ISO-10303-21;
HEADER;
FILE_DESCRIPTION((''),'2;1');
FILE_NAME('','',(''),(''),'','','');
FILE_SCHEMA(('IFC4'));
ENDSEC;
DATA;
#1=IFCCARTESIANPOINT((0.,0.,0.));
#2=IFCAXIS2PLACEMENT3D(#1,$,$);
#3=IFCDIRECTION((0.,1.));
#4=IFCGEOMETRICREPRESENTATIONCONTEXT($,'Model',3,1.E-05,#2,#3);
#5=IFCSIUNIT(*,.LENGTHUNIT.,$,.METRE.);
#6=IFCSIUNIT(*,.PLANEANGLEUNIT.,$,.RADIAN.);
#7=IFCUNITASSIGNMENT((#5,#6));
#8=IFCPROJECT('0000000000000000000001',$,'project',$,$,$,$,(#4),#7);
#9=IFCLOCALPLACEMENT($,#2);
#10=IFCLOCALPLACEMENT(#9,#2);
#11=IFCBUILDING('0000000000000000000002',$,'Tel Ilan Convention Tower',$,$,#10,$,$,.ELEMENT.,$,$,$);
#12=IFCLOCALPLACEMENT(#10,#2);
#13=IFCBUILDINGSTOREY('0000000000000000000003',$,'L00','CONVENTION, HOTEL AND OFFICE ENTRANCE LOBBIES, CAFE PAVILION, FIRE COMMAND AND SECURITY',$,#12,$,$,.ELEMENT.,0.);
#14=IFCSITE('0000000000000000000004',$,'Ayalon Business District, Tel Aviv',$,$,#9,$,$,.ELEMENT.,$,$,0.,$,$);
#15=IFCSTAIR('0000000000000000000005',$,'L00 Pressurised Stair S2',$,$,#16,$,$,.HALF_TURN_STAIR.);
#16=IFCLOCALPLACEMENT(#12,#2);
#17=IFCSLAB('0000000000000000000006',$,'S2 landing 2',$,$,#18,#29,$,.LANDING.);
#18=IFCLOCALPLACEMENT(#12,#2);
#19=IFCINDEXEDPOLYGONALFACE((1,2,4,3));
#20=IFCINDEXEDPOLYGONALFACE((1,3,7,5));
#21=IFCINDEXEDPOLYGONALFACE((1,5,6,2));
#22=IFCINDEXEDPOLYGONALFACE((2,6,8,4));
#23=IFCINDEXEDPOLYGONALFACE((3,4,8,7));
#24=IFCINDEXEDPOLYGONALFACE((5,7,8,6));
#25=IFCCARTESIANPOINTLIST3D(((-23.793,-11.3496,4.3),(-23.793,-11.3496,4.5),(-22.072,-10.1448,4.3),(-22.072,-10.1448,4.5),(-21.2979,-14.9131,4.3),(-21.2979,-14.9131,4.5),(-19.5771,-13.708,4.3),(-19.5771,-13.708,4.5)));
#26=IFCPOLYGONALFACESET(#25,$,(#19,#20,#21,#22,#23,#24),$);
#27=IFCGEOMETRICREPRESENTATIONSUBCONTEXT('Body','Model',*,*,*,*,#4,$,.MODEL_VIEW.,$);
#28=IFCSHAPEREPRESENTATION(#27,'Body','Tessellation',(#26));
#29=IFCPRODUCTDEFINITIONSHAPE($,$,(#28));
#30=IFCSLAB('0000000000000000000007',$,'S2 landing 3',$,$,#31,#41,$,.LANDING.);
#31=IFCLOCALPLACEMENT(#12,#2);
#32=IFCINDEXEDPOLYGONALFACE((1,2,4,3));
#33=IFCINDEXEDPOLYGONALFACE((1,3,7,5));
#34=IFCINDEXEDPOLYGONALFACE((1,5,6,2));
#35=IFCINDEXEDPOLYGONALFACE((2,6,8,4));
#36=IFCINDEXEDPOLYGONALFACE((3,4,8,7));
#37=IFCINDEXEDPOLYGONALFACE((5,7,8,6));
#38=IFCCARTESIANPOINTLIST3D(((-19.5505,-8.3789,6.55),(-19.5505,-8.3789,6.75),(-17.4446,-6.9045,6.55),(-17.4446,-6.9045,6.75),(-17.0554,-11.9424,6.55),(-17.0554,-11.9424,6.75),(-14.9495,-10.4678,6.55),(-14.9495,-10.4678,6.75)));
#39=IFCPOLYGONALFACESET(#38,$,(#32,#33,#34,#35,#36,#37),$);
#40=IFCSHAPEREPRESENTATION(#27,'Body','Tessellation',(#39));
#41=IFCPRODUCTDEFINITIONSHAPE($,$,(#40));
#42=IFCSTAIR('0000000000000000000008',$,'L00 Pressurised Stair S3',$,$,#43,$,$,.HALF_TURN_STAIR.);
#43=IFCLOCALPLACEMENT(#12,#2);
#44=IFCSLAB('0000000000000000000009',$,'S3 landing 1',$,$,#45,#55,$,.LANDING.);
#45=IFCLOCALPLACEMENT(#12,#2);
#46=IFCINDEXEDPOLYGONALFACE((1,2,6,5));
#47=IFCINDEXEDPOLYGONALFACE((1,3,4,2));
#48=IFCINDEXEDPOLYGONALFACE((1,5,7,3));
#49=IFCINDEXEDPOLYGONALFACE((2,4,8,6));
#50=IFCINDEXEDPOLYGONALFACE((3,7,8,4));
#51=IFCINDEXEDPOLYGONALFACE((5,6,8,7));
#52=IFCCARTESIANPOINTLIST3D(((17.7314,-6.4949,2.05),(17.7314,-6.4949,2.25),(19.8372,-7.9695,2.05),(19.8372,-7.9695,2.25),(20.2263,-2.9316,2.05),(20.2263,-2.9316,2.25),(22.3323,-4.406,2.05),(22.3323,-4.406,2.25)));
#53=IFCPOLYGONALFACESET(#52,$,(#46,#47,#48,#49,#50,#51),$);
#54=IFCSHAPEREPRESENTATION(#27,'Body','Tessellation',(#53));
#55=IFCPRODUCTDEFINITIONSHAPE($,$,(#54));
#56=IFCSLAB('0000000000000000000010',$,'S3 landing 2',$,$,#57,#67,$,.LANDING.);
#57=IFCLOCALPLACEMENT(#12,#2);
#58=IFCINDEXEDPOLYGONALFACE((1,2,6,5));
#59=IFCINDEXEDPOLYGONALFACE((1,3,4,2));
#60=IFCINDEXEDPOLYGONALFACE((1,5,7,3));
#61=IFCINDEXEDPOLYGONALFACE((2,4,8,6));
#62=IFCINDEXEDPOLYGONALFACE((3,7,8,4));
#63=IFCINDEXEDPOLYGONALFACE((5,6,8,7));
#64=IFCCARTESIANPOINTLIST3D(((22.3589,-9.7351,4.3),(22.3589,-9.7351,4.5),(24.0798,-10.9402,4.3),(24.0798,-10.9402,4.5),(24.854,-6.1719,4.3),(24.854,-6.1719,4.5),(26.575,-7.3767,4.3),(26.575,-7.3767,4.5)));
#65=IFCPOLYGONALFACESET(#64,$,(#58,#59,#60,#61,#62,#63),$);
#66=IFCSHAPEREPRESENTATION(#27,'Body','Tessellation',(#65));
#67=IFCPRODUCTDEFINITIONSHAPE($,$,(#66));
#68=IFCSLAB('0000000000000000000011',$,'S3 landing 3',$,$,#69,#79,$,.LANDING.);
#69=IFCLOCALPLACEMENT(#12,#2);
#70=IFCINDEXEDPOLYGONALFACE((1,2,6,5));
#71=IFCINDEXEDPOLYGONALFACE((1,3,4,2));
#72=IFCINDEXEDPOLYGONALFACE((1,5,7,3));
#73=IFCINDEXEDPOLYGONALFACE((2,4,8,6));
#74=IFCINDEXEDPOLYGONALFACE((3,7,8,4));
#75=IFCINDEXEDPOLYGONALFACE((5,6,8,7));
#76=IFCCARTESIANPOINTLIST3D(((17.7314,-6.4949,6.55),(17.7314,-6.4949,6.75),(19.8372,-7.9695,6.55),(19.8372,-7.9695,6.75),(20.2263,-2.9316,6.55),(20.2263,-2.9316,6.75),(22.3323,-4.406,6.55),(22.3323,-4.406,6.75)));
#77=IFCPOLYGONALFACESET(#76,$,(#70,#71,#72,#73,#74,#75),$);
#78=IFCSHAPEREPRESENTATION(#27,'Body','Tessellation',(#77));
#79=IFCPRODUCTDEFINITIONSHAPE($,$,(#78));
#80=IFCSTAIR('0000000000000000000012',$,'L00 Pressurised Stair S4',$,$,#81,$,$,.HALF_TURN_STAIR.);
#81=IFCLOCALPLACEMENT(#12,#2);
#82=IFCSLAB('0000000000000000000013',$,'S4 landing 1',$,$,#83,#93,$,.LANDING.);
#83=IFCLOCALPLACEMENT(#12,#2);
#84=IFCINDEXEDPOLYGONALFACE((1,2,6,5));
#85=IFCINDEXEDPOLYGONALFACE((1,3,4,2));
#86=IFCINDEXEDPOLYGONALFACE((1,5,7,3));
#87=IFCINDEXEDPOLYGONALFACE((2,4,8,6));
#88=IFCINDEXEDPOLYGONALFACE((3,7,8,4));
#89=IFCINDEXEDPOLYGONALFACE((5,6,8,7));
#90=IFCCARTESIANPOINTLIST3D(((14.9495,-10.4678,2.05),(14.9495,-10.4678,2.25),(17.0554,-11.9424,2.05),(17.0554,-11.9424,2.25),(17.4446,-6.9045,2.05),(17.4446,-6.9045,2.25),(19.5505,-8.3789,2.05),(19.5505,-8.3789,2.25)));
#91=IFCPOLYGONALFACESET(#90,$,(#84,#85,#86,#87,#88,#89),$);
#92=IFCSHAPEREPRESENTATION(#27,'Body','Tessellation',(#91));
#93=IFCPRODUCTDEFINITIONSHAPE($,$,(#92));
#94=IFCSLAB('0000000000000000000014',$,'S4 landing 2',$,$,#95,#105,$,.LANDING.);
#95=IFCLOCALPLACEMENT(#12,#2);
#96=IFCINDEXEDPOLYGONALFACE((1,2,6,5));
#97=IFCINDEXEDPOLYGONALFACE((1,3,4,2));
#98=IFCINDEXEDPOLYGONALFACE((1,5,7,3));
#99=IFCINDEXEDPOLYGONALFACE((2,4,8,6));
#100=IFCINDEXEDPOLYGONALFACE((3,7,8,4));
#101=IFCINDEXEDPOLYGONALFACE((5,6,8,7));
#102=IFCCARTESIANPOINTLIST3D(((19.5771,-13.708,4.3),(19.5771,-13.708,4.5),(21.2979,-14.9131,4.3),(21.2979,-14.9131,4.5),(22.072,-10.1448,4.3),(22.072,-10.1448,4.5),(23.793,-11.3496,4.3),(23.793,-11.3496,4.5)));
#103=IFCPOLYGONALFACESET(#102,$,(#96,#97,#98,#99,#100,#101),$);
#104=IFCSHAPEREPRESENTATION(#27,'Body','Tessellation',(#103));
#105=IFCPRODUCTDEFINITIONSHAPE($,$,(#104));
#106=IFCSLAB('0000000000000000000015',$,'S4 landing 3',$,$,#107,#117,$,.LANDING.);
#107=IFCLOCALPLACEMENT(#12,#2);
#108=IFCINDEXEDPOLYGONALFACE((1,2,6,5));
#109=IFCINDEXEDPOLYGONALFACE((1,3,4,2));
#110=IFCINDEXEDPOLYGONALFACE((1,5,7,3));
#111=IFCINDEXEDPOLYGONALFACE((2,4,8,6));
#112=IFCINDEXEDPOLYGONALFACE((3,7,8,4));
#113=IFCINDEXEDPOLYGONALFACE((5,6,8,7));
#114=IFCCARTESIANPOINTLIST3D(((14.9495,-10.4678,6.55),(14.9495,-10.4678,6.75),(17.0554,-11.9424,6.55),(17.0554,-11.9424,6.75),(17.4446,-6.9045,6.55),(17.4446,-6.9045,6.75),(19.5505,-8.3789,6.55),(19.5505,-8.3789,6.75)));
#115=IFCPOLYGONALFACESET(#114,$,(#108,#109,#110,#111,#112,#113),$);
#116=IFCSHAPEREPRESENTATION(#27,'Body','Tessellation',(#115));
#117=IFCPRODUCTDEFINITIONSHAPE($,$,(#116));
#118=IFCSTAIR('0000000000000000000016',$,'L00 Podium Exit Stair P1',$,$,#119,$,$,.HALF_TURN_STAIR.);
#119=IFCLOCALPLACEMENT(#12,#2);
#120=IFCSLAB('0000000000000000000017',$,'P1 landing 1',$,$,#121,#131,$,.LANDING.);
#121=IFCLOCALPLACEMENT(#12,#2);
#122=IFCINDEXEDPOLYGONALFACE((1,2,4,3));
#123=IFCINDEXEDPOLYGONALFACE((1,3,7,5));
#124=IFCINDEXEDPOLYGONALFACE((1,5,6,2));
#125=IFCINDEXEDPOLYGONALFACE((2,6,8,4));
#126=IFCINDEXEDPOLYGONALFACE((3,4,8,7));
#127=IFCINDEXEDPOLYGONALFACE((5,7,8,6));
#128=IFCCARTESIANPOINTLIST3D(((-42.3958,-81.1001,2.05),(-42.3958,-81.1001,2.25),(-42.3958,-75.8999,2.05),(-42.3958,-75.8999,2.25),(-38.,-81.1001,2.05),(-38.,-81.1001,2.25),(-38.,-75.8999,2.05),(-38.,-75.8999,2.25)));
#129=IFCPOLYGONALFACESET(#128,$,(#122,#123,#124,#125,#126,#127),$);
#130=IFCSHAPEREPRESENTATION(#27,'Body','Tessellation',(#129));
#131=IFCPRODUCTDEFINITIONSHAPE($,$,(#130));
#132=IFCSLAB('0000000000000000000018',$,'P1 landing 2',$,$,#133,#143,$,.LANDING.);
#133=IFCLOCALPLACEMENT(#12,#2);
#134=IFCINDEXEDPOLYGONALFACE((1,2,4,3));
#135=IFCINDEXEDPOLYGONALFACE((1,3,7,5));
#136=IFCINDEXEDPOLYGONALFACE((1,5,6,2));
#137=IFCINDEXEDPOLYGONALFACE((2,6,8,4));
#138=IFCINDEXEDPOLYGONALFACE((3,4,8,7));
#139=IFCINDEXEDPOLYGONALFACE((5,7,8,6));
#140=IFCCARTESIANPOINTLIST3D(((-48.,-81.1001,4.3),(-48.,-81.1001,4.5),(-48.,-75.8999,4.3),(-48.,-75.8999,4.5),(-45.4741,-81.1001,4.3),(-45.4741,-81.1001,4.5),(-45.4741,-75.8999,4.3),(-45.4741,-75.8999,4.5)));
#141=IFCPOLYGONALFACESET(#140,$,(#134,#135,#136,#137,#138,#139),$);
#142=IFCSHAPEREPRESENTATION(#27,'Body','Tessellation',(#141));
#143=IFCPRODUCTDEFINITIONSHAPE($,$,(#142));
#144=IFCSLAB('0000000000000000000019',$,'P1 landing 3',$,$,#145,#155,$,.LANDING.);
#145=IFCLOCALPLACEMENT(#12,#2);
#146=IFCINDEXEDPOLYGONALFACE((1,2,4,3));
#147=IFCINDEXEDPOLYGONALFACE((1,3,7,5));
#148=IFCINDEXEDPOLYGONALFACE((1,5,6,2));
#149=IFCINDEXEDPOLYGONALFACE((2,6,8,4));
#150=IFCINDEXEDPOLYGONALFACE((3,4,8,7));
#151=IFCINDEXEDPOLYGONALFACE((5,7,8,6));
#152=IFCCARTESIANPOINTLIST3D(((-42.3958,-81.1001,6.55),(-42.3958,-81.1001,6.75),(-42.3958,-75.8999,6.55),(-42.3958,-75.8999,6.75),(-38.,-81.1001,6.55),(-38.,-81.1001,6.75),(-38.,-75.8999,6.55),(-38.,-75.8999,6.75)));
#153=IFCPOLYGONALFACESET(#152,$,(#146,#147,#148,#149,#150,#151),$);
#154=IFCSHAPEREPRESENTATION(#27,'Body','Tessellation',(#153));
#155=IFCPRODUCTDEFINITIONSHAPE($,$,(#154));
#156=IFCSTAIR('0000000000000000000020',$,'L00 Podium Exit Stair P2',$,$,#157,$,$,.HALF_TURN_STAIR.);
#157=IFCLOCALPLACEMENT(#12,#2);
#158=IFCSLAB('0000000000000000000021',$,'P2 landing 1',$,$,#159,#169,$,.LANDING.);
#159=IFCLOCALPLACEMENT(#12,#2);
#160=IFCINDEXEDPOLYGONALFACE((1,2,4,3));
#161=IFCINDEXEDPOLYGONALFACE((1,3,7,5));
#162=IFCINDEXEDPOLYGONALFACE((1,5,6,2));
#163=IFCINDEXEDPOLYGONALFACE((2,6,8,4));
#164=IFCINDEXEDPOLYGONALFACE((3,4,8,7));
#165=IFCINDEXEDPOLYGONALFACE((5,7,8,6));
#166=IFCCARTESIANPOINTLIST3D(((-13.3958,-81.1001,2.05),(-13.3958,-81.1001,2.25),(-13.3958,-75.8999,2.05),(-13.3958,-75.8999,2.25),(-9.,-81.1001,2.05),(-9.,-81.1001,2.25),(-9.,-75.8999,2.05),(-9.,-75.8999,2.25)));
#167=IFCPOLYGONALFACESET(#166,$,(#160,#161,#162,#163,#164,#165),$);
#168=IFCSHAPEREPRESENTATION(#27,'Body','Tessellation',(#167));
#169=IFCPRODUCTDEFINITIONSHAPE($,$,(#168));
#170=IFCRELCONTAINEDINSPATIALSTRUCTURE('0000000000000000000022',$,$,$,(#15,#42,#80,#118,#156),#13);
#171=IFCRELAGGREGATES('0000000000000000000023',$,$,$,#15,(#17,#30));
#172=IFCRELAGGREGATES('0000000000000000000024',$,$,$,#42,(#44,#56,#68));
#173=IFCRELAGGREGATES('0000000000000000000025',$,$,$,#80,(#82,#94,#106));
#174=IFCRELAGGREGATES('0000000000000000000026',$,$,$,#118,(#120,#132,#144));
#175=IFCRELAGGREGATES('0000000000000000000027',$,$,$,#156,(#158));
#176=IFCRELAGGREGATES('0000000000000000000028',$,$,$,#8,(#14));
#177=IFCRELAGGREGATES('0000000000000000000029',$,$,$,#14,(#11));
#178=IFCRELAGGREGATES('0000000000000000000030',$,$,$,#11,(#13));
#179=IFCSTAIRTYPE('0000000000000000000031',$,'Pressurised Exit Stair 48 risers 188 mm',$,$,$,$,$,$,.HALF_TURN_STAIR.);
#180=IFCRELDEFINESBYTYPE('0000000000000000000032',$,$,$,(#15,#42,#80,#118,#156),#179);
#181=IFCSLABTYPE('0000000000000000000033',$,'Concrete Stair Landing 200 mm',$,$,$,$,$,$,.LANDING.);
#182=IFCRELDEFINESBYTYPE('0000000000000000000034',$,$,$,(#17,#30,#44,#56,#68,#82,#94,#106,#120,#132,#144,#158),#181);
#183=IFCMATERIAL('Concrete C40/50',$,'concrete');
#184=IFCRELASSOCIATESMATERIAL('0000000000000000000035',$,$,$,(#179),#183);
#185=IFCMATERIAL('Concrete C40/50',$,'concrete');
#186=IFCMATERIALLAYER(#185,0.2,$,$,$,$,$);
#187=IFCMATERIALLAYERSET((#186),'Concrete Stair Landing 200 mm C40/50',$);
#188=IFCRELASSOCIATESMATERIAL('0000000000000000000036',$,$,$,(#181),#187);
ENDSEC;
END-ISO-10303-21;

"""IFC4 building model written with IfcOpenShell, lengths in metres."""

from ifc_helpers import new_model, si_unit, direction, frame, origin, place, context, subcontext, project, spatial, polyline, outline, extrude, material, layer, layer_set, type_object, element, aggregate, save


model = new_model("IFC4")

# Units and contexts
model_context = context("Model", 3, precision=1e-05, world=origin(), true_north=direction((0.0, 1.0)))
body_context = subcontext(model_context, "Body", "Model", "MODEL_VIEW")
ifc_project = project(units=[si_unit("LENGTHUNIT", "METRE"), si_unit("PLANEANGLEUNIT", "RADIAN")], contexts=[model_context])

# Site, building, storey
site_placement = place(None, origin())
site = spatial("IfcSite", under=ifc_project, at=site_placement, Name="Ayalon Business District, Tel Aviv", CompositionType="ELEMENT", RefElevation=0.0)
building_placement = place(site_placement, origin())
building = spatial("IfcBuilding", under=site, at=building_placement, Name="Tel Ilan Convention Tower", CompositionType="ELEMENT")
storey_placement = place(building_placement, origin())
storey = spatial("IfcBuildingStorey", under=building, at=storey_placement, Name="L00", Description="CONVENTION, HOTEL AND OFFICE ENTRANCE LOBBIES, CAFE PAVILION, FIRE COMMAND AND SECURITY", CompositionType="ELEMENT", Elevation=0.0)

# Stairs, slabs
ifc_material_1 = material(Name="Concrete C40/50", Category="concrete")
stair_type = type_object("IfcStairType", Name="Pressurised Exit Stair 48 risers 188 mm", PredefinedType="HALF_TURN_STAIR", material=ifc_material_1)
stair_1_placement = place(storey_placement, origin())
stair_1 = element("IfcStair", 1, at=stair_1_placement, inside=storey, type_object=stair_type, Name="L00 Pressurised Stair S2", PredefinedType="HALF_TURN_STAIR")
ifc_material_2 = material(Name="Concrete C40/50", Category="concrete")
ifc_layer = layer(ifc_material_2, 0.2)
ifc_layer_set = layer_set([ifc_layer], Name="Concrete Stair Landing 200 mm C40/50")
slab_type = type_object("IfcSlabType", Name="Concrete Stair Landing 200 mm", PredefinedType="LANDING", material=ifc_layer_set)
slab_1_placement = place(storey_placement, frame((0.0, 0.0, 4.3)))
slab_1 = element("IfcSlab", 2, at=slab_1_placement, type_object=slab_type, Name="S2 landing 2", PredefinedType="LANDING", context=body_context, shape_type="SweptSolid", body=[
    extrude(outline(polyline([(-21.2979, -14.9131), (-19.5771, -13.708), (-22.072, -10.1448), (-23.793, -11.3496), (-21.2979, -14.9131)])), origin(), (0.0, 0.0, 1.0), 0.2),
])
slab_2_placement = place(storey_placement, frame((0.0, 0.0, 6.55)))
slab_2 = element("IfcSlab", 3, at=slab_2_placement, type_object=slab_type, Name="S2 landing 3", PredefinedType="LANDING", context=body_context, shape_type="SweptSolid", body=[
    extrude(outline(polyline([(-17.0554, -11.9424), (-14.9495, -10.4678), (-17.4446, -6.9045), (-19.5505, -8.3789), (-17.0554, -11.9424)])), origin(), (0.0, 0.0, 1.0), 0.2),
])
aggregate(stair_1, [slab_1, slab_2])
stair_2_placement = place(storey_placement, origin())
stair_2 = element("IfcStair", 4, at=stair_2_placement, inside=storey, type_object=stair_type, Name="L00 Pressurised Stair S3", PredefinedType="HALF_TURN_STAIR")
slab_3_placement = place(storey_placement, frame((0.0, 0.0, 2.05)))
slab_3 = element("IfcSlab", 5, at=slab_3_placement, type_object=slab_type, Name="S3 landing 1", PredefinedType="LANDING", context=body_context, shape_type="SweptSolid", body=[
    extrude(outline(polyline([(22.3323, -4.406), (20.2263, -2.9316), (17.7314, -6.4949), (19.8372, -7.9695), (22.3323, -4.406)])), origin(), (0.0, 0.0, 1.0), 0.2),
])
slab_4_placement = place(storey_placement, frame((0.0, 0.0, 4.3)))
slab_4 = element("IfcSlab", 6, at=slab_4_placement, type_object=slab_type, Name="S3 landing 2", PredefinedType="LANDING", context=body_context, shape_type="SweptSolid", body=[
    extrude(outline(polyline([(26.575, -7.3767), (24.854, -6.1719), (22.3589, -9.7351), (24.0798, -10.9402), (26.575, -7.3767)])), origin(), (0.0, 0.0, 1.0), 0.2),
])
slab_5_placement = place(storey_placement, frame((0.0, 0.0, 6.55)))
slab_5 = element("IfcSlab", 7, at=slab_5_placement, type_object=slab_type, Name="S3 landing 3", PredefinedType="LANDING", context=body_context, shape_type="SweptSolid", body=[
    extrude(outline(polyline([(22.3323, -4.406), (20.2263, -2.9316), (17.7314, -6.4949), (19.8372, -7.9695), (22.3323, -4.406)])), origin(), (0.0, 0.0, 1.0), 0.2),
])
aggregate(stair_2, [slab_3, slab_4, slab_5])
stair_3_placement = place(storey_placement, origin())
stair_3 = element("IfcStair", 8, at=stair_3_placement, inside=storey, type_object=stair_type, Name="L00 Pressurised Stair S4", PredefinedType="HALF_TURN_STAIR")
slab_6_placement = place(storey_placement, frame((0.0, 0.0, 2.05)))
slab_6 = element("IfcSlab", 9, at=slab_6_placement, type_object=slab_type, Name="S4 landing 1", PredefinedType="LANDING", context=body_context, shape_type="SweptSolid", body=[
    extrude(outline(polyline([(19.5505, -8.3789), (17.4446, -6.9045), (14.9495, -10.4678), (17.0554, -11.9424), (19.5505, -8.3789)])), origin(), (0.0, 0.0, 1.0), 0.2),
])
slab_7_placement = place(storey_placement, frame((0.0, 0.0, 4.3)))
slab_7 = element("IfcSlab", 10, at=slab_7_placement, type_object=slab_type, Name="S4 landing 2", PredefinedType="LANDING", context=body_context, shape_type="SweptSolid", body=[
    extrude(outline(polyline([(23.793, -11.3496), (22.072, -10.1448), (19.5771, -13.708), (21.2979, -14.9131), (23.793, -11.3496)])), origin(), (0.0, 0.0, 1.0), 0.2),
])
slab_8_placement = place(storey_placement, frame((0.0, 0.0, 6.55)))
slab_8 = element("IfcSlab", 11, at=slab_8_placement, type_object=slab_type, Name="S4 landing 3", PredefinedType="LANDING", context=body_context, shape_type="SweptSolid", body=[
    extrude(outline(polyline([(19.5505, -8.3789), (17.4446, -6.9045), (14.9495, -10.4678), (17.0554, -11.9424), (19.5505, -8.3789)])), origin(), (0.0, 0.0, 1.0), 0.2),
])
aggregate(stair_3, [slab_6, slab_7, slab_8])
stair_4_placement = place(storey_placement, origin())
stair_4 = element("IfcStair", 12, at=stair_4_placement, inside=storey, type_object=stair_type, Name="L00 Podium Exit Stair P1", PredefinedType="HALF_TURN_STAIR")
slab_9_placement = place(storey_placement, frame((0.0, 0.0, 2.05)))
slab_9 = element("IfcSlab", 13, at=slab_9_placement, type_object=slab_type, Name="P1 landing 1", PredefinedType="LANDING", context=body_context, shape_type="SweptSolid", body=[
    extrude(outline(polyline([(-42.3958, -81.1001), (-38.0, -81.1001), (-38.0, -75.8999), (-42.3958, -75.8999), (-42.3958, -81.1001)])), origin(), (0.0, 0.0, 1.0), 0.2),
])
slab_10_placement = place(storey_placement, frame((0.0, 0.0, 4.3)))
slab_10 = element("IfcSlab", 14, at=slab_10_placement, type_object=slab_type, Name="P1 landing 2", PredefinedType="LANDING", context=body_context, shape_type="SweptSolid", body=[
    extrude(outline(polyline([(-48.0, -81.1001), (-45.4741, -81.1001), (-45.4741, -75.8999), (-48.0, -75.8999), (-48.0, -81.1001)])), origin(), (0.0, 0.0, 1.0), 0.2),
])
slab_11_placement = place(storey_placement, frame((0.0, 0.0, 6.55)))
slab_11 = element("IfcSlab", 15, at=slab_11_placement, type_object=slab_type, Name="P1 landing 3", PredefinedType="LANDING", context=body_context, shape_type="SweptSolid", body=[
    extrude(outline(polyline([(-42.3958, -81.1001), (-38.0, -81.1001), (-38.0, -75.8999), (-42.3958, -75.8999), (-42.3958, -81.1001)])), origin(), (0.0, 0.0, 1.0), 0.2),
])
aggregate(stair_4, [slab_9, slab_10, slab_11])

# Stair, slab
stair_5_placement = place(storey_placement, origin())
stair_5 = element("IfcStair", 16, at=stair_5_placement, inside=storey, type_object=stair_type, Name="L00 Podium Exit Stair P2", PredefinedType="HALF_TURN_STAIR")
slab_12_placement = place(storey_placement, frame((0.0, 0.0, 2.05)))
slab_12 = element("IfcSlab", 17, at=slab_12_placement, type_object=slab_type, Name="P2 landing 1", PredefinedType="LANDING", context=body_context, shape_type="SweptSolid", body=[
    extrude(outline(polyline([(-13.3958, -81.1001), (-9.0, -81.1001), (-9.0, -75.8999), (-13.3958, -75.8999), (-13.3958, -81.1001)])), origin(), (0.0, 0.0, 1.0), 0.2),
])
aggregate(stair_5, [slab_12])

save(model, "model.ifc")
